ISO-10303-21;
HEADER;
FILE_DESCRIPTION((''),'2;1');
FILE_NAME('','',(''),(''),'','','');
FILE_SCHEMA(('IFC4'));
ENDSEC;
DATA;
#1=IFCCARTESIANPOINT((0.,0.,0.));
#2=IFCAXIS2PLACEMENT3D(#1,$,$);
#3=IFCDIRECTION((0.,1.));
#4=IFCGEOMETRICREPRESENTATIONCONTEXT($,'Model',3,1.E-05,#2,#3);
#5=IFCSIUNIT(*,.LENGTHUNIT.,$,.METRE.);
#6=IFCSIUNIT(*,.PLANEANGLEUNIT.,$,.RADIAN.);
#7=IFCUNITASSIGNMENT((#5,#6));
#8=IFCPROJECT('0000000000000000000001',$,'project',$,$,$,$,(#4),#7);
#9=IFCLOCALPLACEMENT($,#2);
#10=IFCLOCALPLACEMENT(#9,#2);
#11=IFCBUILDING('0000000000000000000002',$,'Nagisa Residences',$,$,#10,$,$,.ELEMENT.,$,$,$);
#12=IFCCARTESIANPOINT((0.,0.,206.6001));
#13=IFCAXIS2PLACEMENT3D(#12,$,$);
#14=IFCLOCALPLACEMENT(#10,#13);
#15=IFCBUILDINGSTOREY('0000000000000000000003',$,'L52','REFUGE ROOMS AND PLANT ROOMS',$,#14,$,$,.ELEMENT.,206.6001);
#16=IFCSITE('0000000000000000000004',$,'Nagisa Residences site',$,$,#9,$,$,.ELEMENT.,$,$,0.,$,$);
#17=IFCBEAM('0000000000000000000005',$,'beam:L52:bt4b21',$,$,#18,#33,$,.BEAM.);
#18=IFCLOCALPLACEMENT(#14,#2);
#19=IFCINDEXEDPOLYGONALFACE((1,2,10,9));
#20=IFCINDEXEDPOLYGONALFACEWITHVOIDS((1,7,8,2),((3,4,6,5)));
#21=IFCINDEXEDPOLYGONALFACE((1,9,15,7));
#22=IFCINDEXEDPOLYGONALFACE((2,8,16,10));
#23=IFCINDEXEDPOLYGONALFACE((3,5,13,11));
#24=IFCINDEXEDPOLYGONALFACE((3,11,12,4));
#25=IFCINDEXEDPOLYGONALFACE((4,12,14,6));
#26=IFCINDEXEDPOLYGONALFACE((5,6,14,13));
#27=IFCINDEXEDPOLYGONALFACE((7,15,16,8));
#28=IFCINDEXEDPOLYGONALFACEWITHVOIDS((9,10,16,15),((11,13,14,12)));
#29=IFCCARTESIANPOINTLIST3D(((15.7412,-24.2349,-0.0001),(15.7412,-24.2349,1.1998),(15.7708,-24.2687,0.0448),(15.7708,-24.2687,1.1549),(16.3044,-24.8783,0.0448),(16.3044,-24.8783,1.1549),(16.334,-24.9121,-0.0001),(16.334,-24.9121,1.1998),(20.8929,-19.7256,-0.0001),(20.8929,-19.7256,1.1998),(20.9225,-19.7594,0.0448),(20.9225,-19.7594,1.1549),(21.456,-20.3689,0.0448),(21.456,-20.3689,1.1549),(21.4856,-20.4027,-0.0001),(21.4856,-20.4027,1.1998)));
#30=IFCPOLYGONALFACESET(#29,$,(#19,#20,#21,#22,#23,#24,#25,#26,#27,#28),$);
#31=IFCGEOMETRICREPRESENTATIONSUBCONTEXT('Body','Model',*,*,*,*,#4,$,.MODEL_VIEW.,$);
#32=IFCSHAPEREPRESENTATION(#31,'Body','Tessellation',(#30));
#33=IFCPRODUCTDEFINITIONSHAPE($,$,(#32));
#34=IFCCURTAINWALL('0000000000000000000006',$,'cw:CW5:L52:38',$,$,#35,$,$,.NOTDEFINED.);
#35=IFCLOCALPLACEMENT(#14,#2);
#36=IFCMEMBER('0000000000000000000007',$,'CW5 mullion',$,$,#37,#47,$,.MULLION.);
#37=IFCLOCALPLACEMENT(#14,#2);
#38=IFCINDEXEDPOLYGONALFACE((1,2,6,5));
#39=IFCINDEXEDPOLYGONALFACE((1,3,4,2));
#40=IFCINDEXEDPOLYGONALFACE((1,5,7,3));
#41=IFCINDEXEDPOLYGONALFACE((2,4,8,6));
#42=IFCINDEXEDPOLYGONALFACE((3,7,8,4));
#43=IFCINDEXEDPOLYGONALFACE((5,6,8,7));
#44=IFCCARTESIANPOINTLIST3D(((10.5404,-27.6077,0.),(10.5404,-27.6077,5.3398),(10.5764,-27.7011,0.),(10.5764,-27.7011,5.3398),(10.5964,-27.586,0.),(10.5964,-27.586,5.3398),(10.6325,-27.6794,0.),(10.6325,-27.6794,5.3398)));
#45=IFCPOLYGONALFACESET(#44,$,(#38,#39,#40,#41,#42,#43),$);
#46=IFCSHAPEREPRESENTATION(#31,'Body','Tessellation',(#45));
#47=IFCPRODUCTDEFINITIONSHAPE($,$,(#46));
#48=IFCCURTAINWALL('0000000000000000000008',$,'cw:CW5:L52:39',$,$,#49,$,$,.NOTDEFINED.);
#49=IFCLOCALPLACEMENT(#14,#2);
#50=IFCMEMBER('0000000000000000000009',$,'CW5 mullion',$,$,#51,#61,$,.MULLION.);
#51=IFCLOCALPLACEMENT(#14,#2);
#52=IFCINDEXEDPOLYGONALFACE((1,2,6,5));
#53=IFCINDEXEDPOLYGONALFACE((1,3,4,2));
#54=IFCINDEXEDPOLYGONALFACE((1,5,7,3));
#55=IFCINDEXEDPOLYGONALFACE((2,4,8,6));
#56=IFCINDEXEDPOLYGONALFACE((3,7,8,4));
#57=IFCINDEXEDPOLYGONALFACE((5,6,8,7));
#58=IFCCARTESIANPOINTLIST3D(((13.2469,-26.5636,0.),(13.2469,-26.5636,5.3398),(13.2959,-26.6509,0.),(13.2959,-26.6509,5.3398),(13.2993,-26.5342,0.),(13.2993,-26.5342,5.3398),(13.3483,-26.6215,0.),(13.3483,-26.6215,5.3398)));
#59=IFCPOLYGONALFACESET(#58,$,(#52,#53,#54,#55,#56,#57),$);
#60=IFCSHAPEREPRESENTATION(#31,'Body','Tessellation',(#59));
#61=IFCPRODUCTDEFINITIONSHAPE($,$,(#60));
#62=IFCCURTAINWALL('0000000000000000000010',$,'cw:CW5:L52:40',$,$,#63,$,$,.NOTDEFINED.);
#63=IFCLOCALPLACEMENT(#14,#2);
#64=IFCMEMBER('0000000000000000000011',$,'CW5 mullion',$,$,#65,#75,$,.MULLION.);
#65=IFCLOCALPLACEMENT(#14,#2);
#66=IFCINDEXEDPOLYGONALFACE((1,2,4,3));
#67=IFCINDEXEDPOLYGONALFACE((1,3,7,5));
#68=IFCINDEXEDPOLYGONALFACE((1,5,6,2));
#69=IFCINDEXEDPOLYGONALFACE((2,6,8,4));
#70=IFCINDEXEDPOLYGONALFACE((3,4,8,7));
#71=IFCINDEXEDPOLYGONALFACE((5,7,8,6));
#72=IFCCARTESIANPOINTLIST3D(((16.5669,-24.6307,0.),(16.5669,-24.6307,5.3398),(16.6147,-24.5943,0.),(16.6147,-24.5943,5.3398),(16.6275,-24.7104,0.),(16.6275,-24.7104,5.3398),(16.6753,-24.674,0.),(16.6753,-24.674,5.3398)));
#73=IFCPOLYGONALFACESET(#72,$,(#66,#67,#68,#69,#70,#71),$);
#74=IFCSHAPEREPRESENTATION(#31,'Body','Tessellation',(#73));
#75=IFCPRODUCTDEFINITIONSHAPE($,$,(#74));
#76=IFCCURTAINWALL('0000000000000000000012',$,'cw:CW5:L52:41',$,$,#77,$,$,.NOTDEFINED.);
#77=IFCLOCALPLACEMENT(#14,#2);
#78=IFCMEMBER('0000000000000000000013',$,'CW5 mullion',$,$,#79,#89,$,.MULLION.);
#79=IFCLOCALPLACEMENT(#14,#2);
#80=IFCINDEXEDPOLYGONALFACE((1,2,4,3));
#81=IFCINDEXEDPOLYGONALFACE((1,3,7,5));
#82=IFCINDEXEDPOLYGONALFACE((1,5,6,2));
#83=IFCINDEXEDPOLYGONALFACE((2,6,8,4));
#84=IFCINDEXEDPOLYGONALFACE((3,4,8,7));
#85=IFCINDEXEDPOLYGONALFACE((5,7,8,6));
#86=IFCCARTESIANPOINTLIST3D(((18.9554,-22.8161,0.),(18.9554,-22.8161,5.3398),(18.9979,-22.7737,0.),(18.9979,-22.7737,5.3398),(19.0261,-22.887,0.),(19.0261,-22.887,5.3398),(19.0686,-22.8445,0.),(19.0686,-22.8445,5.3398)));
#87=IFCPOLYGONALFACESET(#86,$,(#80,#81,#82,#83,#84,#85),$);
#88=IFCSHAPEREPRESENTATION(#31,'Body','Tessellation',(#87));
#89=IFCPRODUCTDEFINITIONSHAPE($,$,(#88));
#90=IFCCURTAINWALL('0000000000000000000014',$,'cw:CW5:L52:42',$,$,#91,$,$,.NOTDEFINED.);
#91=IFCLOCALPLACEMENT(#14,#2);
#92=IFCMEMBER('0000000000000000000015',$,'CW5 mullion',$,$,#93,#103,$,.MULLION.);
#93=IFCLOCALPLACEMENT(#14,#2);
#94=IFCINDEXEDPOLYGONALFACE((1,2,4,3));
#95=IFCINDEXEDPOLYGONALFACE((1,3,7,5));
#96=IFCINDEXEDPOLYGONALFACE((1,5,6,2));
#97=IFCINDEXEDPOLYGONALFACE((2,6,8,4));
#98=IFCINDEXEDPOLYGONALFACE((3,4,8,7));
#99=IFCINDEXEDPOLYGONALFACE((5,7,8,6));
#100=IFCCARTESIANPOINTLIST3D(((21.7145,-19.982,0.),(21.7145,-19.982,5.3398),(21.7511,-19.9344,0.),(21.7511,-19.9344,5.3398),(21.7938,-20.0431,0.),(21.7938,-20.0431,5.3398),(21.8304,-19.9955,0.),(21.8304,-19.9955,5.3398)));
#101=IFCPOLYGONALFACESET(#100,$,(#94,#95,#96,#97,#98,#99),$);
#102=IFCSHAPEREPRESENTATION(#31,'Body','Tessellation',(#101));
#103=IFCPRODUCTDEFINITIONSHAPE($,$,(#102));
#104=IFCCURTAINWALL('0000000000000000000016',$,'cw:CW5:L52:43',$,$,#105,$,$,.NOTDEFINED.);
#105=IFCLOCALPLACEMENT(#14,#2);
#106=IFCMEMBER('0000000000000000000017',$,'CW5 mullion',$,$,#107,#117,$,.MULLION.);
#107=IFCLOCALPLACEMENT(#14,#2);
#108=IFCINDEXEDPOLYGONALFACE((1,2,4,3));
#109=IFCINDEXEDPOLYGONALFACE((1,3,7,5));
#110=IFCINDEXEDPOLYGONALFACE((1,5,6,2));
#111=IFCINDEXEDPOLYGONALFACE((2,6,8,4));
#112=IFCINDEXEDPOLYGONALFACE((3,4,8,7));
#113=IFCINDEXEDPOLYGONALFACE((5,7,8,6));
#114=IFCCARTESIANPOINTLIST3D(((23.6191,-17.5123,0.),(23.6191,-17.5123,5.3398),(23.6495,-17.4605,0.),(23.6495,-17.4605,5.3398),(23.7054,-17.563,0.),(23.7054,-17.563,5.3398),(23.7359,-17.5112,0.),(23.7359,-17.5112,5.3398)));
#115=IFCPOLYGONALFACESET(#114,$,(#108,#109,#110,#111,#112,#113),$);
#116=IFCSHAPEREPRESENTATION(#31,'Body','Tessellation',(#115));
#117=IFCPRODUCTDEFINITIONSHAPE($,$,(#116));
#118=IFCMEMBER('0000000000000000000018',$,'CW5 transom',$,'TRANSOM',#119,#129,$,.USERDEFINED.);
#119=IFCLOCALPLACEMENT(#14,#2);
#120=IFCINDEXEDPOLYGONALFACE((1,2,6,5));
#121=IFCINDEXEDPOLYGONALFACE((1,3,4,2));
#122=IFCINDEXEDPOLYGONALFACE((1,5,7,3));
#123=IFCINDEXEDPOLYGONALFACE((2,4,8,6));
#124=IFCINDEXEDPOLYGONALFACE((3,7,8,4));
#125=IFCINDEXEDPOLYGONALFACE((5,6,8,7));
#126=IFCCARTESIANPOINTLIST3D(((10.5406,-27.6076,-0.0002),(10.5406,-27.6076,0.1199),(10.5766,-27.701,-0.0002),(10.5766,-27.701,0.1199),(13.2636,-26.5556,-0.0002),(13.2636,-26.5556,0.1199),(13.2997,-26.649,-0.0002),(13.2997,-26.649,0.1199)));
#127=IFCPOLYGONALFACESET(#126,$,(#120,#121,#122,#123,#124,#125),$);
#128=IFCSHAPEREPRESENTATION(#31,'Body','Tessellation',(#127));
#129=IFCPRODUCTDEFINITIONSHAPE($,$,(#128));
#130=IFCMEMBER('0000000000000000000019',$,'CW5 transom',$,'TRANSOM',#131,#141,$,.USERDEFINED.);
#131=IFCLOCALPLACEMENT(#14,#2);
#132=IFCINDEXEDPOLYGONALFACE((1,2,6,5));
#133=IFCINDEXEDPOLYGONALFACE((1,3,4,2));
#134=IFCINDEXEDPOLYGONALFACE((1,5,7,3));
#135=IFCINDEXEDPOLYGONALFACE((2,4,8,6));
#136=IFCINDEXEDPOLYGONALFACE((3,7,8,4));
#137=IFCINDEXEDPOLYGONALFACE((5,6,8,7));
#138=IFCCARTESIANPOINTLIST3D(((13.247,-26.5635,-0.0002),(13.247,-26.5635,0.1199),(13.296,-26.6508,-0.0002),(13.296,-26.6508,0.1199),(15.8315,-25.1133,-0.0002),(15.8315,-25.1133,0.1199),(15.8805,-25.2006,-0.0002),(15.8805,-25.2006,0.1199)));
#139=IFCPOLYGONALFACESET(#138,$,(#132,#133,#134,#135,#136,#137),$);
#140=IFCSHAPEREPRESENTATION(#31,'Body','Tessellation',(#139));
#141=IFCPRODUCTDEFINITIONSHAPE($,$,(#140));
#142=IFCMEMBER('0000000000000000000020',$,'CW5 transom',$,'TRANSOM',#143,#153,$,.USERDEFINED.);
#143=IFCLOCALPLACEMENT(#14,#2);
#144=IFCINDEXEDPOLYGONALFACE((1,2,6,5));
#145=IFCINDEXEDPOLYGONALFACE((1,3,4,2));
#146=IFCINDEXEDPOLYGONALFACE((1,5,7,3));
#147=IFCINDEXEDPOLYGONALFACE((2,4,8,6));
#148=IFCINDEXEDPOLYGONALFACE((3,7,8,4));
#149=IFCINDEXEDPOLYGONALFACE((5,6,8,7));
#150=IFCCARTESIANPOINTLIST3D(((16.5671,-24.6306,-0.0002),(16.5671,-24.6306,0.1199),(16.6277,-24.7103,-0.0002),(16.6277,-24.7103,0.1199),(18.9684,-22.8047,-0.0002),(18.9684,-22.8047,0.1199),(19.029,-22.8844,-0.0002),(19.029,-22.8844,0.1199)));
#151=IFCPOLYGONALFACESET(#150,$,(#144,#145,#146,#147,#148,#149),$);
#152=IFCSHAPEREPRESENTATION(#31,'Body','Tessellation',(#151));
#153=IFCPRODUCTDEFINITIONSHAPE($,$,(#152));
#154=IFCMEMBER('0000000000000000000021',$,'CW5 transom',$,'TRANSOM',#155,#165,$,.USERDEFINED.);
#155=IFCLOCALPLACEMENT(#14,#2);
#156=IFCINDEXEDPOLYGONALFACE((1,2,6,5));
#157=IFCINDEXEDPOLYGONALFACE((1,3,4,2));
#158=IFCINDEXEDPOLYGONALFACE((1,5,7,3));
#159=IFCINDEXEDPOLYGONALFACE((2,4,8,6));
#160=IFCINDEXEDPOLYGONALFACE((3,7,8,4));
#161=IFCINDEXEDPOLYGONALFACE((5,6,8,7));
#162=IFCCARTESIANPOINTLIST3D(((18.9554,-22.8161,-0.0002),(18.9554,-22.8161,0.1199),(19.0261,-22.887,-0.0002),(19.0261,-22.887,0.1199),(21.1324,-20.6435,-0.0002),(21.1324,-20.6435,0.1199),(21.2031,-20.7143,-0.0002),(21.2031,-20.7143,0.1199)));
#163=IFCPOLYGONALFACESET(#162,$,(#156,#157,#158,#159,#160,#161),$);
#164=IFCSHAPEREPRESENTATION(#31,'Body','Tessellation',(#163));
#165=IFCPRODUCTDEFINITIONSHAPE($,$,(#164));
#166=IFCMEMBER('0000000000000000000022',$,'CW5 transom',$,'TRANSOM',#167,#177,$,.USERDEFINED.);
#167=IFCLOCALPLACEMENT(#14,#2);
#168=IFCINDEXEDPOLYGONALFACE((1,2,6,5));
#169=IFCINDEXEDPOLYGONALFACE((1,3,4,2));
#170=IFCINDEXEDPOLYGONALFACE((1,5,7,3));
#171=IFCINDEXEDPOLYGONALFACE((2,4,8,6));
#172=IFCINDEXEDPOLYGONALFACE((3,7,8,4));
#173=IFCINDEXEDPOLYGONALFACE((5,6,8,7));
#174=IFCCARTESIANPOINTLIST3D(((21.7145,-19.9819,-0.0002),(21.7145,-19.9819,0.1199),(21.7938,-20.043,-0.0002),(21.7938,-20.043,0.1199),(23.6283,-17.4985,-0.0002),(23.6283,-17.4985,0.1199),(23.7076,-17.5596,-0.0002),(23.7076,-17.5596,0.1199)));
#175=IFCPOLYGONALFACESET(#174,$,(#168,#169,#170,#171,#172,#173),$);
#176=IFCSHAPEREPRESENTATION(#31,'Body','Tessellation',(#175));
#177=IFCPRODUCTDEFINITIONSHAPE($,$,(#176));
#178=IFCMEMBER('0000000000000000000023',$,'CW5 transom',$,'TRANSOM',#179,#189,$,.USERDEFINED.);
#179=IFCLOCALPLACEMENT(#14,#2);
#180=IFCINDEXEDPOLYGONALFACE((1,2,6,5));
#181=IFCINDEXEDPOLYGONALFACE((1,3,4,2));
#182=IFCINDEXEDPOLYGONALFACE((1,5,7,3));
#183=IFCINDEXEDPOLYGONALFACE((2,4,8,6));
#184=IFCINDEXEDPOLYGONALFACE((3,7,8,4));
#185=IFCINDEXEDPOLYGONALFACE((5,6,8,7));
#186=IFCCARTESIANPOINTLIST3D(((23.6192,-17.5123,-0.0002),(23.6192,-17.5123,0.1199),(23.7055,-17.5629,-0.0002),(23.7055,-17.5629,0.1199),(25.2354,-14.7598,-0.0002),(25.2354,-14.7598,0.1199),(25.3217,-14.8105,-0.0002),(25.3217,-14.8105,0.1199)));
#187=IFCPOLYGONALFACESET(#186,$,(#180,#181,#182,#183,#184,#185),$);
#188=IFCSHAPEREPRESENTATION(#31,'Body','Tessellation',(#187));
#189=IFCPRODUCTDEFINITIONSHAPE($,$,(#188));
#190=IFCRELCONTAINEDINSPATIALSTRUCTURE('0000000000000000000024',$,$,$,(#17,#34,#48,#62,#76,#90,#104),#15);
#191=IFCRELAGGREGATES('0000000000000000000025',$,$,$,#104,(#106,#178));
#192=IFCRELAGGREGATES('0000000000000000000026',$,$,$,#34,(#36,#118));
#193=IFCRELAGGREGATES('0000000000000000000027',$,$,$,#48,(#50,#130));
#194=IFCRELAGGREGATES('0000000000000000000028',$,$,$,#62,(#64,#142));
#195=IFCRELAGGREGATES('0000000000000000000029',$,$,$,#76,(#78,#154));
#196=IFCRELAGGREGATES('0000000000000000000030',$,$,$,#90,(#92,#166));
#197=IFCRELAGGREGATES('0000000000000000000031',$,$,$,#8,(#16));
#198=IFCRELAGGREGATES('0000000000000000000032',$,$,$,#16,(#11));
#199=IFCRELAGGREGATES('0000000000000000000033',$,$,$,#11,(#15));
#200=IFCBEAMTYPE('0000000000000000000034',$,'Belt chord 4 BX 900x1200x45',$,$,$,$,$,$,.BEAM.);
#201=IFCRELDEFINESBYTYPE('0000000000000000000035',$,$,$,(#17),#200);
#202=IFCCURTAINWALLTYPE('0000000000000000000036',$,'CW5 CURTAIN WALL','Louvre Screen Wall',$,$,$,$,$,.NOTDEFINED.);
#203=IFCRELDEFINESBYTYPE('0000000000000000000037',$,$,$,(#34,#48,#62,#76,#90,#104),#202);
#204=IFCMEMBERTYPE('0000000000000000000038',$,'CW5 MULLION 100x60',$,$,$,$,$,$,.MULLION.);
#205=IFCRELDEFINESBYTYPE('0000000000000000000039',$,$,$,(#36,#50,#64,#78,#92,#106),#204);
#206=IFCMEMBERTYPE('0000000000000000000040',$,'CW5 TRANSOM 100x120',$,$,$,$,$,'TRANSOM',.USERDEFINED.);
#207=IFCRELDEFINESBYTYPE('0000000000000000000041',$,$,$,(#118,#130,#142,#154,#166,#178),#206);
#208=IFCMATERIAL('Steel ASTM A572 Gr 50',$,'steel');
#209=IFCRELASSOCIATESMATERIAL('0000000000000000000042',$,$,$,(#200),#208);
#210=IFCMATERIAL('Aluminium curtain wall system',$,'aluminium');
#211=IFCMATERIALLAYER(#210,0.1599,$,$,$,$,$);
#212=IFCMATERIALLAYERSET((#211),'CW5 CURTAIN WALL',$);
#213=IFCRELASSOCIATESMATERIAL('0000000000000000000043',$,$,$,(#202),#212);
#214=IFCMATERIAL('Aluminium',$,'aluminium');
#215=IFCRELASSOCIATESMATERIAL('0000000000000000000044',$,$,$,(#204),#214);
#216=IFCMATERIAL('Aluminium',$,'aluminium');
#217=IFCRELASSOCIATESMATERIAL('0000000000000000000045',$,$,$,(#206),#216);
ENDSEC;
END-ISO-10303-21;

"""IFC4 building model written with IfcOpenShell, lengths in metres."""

from ifc_helpers import new_model, si_unit, direction, frame, origin, origin_2d, place, context, subcontext, project, spatial, rectangle, hollow_rectangle, extrude, material, layer, layer_set, material_profile, profile_set, type_object, element, aggregate, save


model = new_model("IFC4")

# Units and contexts
model_context = context("Model", 3, precision=1e-05, world=origin(), true_north=direction((0.0, 1.0)))
body_context = subcontext(model_context, "Body", "Model", "MODEL_VIEW")
ifc_project = project(units=[si_unit("LENGTHUNIT", "METRE"), si_unit("PLANEANGLEUNIT", "RADIAN")], contexts=[model_context])

# Site, building, storey
site_placement = place(None, origin())
site = spatial("IfcSite", under=ifc_project, at=site_placement, Name="Nagisa Residences site", CompositionType="ELEMENT", RefElevation=0.0)
building_placement = place(site_placement, origin())
building = spatial("IfcBuilding", under=site, at=building_placement, Name="Nagisa Residences", CompositionType="ELEMENT")
storey_placement = place(building_placement, frame((0.0, 0.0, 206.6001)))
storey = spatial("IfcBuildingStorey", under=building, at=storey_placement, Name="L52", Description="REFUGE ROOMS AND PLANT ROOMS", CompositionType="ELEMENT", Elevation=206.6001)

# Beam
ifc_material_1 = material(Name="Steel ASTM A572 Gr 50", Category="steel")
ifc_material_profile_1 = material_profile(ifc_material_1, hollow_rectangle(XDim=0.8999, YDim=1.2, WallThickness=0.0449, at=origin_2d()), Name="BX 900x1200x45")
ifc_profile_set_1 = profile_set([ifc_material_profile_1], Name="Steel ASTM A572 Gr 50")
beam_type_1 = type_object("IfcBeamType", Name="Belt chord 4 BX 900x1200x45", PredefinedType="BEAM", material=ifc_profile_set_1)
beam_1_placement = place(storey_placement, frame((16.0376, -24.5735, 0.5999), z_axis=(0.75246, 0.658638, 0.0), x_axis=(-0.658638, 0.75246, 0.0)))
element("IfcBeam", 1, at=beam_1_placement, inside=storey, type_object=beam_type_1, Name="beam:L52:bt4b21", PredefinedType="BEAM", context=body_context, shape_type="SweptSolid", body=[
    extrude(hollow_rectangle(XDim=0.8999, YDim=1.2, WallThickness=0.0449, at=origin_2d()), origin(), (0.0, 0.0, 1.0), 6.8464),
])

# Curtain walls, members
ifc_material_2 = material(Name="Aluminium curtain wall system", Category="aluminium")
ifc_layer_1 = layer(ifc_material_2, 0.1599)
ifc_layer_set_1 = layer_set([ifc_layer_1], Name="CW5 CURTAIN WALL")
curtain_wall_type = type_object("IfcCurtainWallType", Name="CW5 CURTAIN WALL", Description="Louvre Screen Wall", PredefinedType="NOTDEFINED", material=ifc_layer_set_1)
curtain_wall_1_placement = place(storey_placement, origin())
curtain_wall_1 = element("IfcCurtainWall", 2, at=curtain_wall_1_placement, inside=storey, type_object=curtain_wall_type, Name="cw:CW5:L52:38", PredefinedType="NOTDEFINED")
ifc_material_3 = material(Name="Aluminium", Category="aluminium")
ifc_material_profile_2 = material_profile(ifc_material_3, rectangle(XDim=0.1001, YDim=0.0601, at=origin_2d()), Name="CW5 MULLION 100x60")
ifc_profile_set_2 = profile_set([ifc_material_profile_2], Name="Aluminium")
member_type_1 = type_object("IfcMemberType", Name="CW5 MULLION 100x60", PredefinedType="MULLION", material=ifc_profile_set_2)
member_1_placement = place(storey_placement, frame((10.5864, -27.6436, 0.0), z_axis=(0.0, 0.0, 1.0), x_axis=(-0.360328, 0.932826, 0.0)))
member_1 = element("IfcMember", 3, at=member_1_placement, type_object=member_type_1, Name="CW5 mullion", PredefinedType="MULLION", context=body_context, shape_type="SweptSolid", body=[
    extrude(rectangle(XDim=0.1001, YDim=0.0601, at=origin_2d()), origin(), (0.0, 0.0, 1.0), 5.3398),
])
curtain_wall_2_placement = place(storey_placement, origin())
curtain_wall_2 = element("IfcCurtainWall", 4, at=curtain_wall_2_placement, inside=storey, type_object=curtain_wall_type, Name="cw:CW5:L52:39", PredefinedType="NOTDEFINED")
member_2_placement = place(storey_placement, frame((13.2976, -26.5925, 0.0), z_axis=(0.0, 0.0, 1.0), x_axis=(-0.489377, 0.872072, 0.0)))
member_2 = element("IfcMember", 5, at=member_2_placement, type_object=member_type_1, Name="CW5 mullion", PredefinedType="MULLION", context=body_context, shape_type="SweptSolid", body=[
    extrude(rectangle(XDim=0.1001, YDim=0.0601, at=origin_2d()), origin(), (0.0, 0.0, 1.0), 5.3398),
])
curtain_wall_3_placement = place(storey_placement, origin())
curtain_wall_3 = element("IfcCurtainWall", 6, at=curtain_wall_3_placement, inside=storey, type_object=curtain_wall_type, Name="cw:CW5:L52:40", PredefinedType="NOTDEFINED")
member_3_placement = place(storey_placement, frame((16.6211, -24.6523, 0.0), z_axis=(0.0, 0.0, 1.0), x_axis=(-0.605255, 0.796031, 0.0)))
member_3 = element("IfcMember", 7, at=member_3_placement, type_object=member_type_1, Name="CW5 mullion", PredefinedType="MULLION", context=body_context, shape_type="SweptSolid", body=[
    extrude(rectangle(XDim=0.1001, YDim=0.0601, at=origin_2d()), origin(), (0.0, 0.0, 1.0), 5.3398),
])
curtain_wall_4_placement = place(storey_placement, origin())
curtain_wall_4 = element("IfcCurtainWall", 8, at=curtain_wall_4_placement, inside=storey, type_object=curtain_wall_type, Name="cw:CW5:L52:41", PredefinedType="NOTDEFINED")
member_4_placement = place(storey_placement, frame((19.012, -22.8303, 0.0), z_axis=(0.0, 0.0, 1.0), x_axis=(-0.706377, 0.707836, 0.0)))
member_4 = element("IfcMember", 9, at=member_4_placement, type_object=member_type_1, Name="CW5 mullion", PredefinedType="MULLION", context=body_context, shape_type="SweptSolid", body=[
    extrude(rectangle(XDim=0.1001, YDim=0.0601, at=origin_2d()), origin(), (0.0, 0.0, 1.0), 5.3398),
])
curtain_wall_5_placement = place(storey_placement, origin())
curtain_wall_5 = element("IfcCurtainWall", 10, at=curtain_wall_5_placement, inside=storey, type_object=curtain_wall_type, Name="cw:CW5:L52:42", PredefinedType="NOTDEFINED")
member_5_placement = place(storey_placement, frame((21.7725, -19.9888, 0.0), z_axis=(0.0, 0.0, 1.0), x_axis=(-0.79207, 0.61043, 0.0)))
member_5 = element("IfcMember", 11, at=member_5_placement, type_object=member_type_1, Name="CW5 mullion", PredefinedType="MULLION", context=body_context, shape_type="SweptSolid", body=[
    extrude(rectangle(XDim=0.1001, YDim=0.0601, at=origin_2d()), origin(), (0.0, 0.0, 1.0), 5.3398),
])
curtain_wall_6_placement = place(storey_placement, origin())
curtain_wall_6 = element("IfcCurtainWall", 12, at=curtain_wall_6_placement, inside=storey, type_object=curtain_wall_type, Name="cw:CW5:L52:43", PredefinedType="NOTDEFINED")
member_6_placement = place(storey_placement, frame((23.6775, -17.5117, 0.0), z_axis=(0.0, 0.0, 1.0), x_axis=(-0.862329, 0.506349, 0.0)))
member_6 = element("IfcMember", 13, at=member_6_placement, type_object=member_type_1, Name="CW5 mullion", PredefinedType="MULLION", context=body_context, shape_type="SweptSolid", body=[
    extrude(rectangle(XDim=0.1001, YDim=0.0601, at=origin_2d()), origin(), (0.0, 0.0, 1.0), 5.3398),
])

# Members
ifc_material_4 = material(Name="Aluminium", Category="aluminium")
ifc_material_profile_3 = material_profile(ifc_material_4, rectangle(XDim=0.1001, YDim=0.1201, at=origin_2d()), Name="CW5 TRANSOM 100x120")
ifc_profile_set_3 = profile_set([ifc_material_profile_3], Name="Aluminium")
member_type_2 = type_object("IfcMemberType", Name="CW5 TRANSOM 100x120", ElementType="TRANSOM", PredefinedType="USERDEFINED", material=ifc_profile_set_3)
member_7_placement = place(storey_placement, frame((10.5586, -27.6543, 0.0598), z_axis=(0.932812, 0.360363, 0.0), x_axis=(-0.360363, 0.932812, 0.0)))
member_7 = element("IfcMember", 14, at=member_7_placement, type_object=member_type_2, Name="CW5 transom", ObjectType="TRANSOM", PredefinedType="USERDEFINED", context=body_context, shape_type="SweptSolid", body=[
    extrude(rectangle(XDim=0.1001, YDim=0.1201, at=origin_2d()), origin(), (0.0, 0.0, 1.0), 2.9192),
])
member_8_placement = place(storey_placement, frame((13.2715, -26.6072, 0.0598), z_axis=(0.87209, 0.489346, 0.0), x_axis=(-0.489346, 0.87209, 0.0)))
member_8 = element("IfcMember", 15, at=member_8_placement, type_object=member_type_2, Name="CW5 transom", ObjectType="TRANSOM", PredefinedType="USERDEFINED", context=body_context, shape_type="SweptSolid", body=[
    extrude(rectangle(XDim=0.1001, YDim=0.1201, at=origin_2d()), origin(), (0.0, 0.0, 1.0), 2.9636),
])
member_9_placement = place(storey_placement, frame((16.5974, -24.6704, 0.0598), z_axis=(0.79602, 0.60527, 0.0), x_axis=(-0.60527, 0.79602, 0.0)))
member_9 = element("IfcMember", 16, at=member_9_placement, type_object=member_type_2, Name="CW5 transom", ObjectType="TRANSOM", PredefinedType="USERDEFINED", context=body_context, shape_type="SweptSolid", body=[
    extrude(rectangle(XDim=0.1001, YDim=0.1201, at=origin_2d()), origin(), (0.0, 0.0, 1.0), 3.0166),
])
member_10_placement = place(storey_placement, frame((18.9907, -22.8516, 0.0598), z_axis=(0.707821, 0.706392, 0.0), x_axis=(-0.706392, 0.707821, 0.0)))
member_10 = element("IfcMember", 17, at=member_10_placement, type_object=member_type_2, Name="CW5 transom", ObjectType="TRANSOM", PredefinedType="USERDEFINED", context=body_context, shape_type="SweptSolid", body=[
    extrude(rectangle(XDim=0.1001, YDim=0.1201, at=origin_2d()), origin(), (0.0, 0.0, 1.0), 3.0757),
])
member_11_placement = place(storey_placement, frame((21.7542, -20.0125, 0.0598), z_axis=(0.610414, 0.792082, 0.0), x_axis=(-0.792082, 0.610414, 0.0)))
member_11 = element("IfcMember", 18, at=member_11_placement, type_object=member_type_2, Name="CW5 transom", ObjectType="TRANSOM", PredefinedType="USERDEFINED", context=body_context, shape_type="SweptSolid", body=[
    extrude(rectangle(XDim=0.1001, YDim=0.1201, at=origin_2d()), origin(), (0.0, 0.0, 1.0), 3.1353),
])
member_12_placement = place(storey_placement, frame((23.6624, -17.5376, 0.0598), z_axis=(0.506351, 0.862327, 0.0), x_axis=(-0.862327, 0.506351, 0.0)))
member_12 = element("IfcMember", 19, at=member_12_placement, type_object=member_type_2, Name="CW5 transom", ObjectType="TRANSOM", PredefinedType="USERDEFINED", context=body_context, shape_type="SweptSolid", body=[
    extrude(rectangle(XDim=0.1001, YDim=0.1201, at=origin_2d()), origin(), (0.0, 0.0, 1.0), 3.1919),
])
aggregate(curtain_wall_6, [member_6, member_12])

aggregate(curtain_wall_1, [member_1, member_7])
aggregate(curtain_wall_2, [member_2, member_8])
aggregate(curtain_wall_3, [member_3, member_9])
aggregate(curtain_wall_4, [member_4, member_10])
aggregate(curtain_wall_5, [member_5, member_11])

save(model, "model.ifc")
